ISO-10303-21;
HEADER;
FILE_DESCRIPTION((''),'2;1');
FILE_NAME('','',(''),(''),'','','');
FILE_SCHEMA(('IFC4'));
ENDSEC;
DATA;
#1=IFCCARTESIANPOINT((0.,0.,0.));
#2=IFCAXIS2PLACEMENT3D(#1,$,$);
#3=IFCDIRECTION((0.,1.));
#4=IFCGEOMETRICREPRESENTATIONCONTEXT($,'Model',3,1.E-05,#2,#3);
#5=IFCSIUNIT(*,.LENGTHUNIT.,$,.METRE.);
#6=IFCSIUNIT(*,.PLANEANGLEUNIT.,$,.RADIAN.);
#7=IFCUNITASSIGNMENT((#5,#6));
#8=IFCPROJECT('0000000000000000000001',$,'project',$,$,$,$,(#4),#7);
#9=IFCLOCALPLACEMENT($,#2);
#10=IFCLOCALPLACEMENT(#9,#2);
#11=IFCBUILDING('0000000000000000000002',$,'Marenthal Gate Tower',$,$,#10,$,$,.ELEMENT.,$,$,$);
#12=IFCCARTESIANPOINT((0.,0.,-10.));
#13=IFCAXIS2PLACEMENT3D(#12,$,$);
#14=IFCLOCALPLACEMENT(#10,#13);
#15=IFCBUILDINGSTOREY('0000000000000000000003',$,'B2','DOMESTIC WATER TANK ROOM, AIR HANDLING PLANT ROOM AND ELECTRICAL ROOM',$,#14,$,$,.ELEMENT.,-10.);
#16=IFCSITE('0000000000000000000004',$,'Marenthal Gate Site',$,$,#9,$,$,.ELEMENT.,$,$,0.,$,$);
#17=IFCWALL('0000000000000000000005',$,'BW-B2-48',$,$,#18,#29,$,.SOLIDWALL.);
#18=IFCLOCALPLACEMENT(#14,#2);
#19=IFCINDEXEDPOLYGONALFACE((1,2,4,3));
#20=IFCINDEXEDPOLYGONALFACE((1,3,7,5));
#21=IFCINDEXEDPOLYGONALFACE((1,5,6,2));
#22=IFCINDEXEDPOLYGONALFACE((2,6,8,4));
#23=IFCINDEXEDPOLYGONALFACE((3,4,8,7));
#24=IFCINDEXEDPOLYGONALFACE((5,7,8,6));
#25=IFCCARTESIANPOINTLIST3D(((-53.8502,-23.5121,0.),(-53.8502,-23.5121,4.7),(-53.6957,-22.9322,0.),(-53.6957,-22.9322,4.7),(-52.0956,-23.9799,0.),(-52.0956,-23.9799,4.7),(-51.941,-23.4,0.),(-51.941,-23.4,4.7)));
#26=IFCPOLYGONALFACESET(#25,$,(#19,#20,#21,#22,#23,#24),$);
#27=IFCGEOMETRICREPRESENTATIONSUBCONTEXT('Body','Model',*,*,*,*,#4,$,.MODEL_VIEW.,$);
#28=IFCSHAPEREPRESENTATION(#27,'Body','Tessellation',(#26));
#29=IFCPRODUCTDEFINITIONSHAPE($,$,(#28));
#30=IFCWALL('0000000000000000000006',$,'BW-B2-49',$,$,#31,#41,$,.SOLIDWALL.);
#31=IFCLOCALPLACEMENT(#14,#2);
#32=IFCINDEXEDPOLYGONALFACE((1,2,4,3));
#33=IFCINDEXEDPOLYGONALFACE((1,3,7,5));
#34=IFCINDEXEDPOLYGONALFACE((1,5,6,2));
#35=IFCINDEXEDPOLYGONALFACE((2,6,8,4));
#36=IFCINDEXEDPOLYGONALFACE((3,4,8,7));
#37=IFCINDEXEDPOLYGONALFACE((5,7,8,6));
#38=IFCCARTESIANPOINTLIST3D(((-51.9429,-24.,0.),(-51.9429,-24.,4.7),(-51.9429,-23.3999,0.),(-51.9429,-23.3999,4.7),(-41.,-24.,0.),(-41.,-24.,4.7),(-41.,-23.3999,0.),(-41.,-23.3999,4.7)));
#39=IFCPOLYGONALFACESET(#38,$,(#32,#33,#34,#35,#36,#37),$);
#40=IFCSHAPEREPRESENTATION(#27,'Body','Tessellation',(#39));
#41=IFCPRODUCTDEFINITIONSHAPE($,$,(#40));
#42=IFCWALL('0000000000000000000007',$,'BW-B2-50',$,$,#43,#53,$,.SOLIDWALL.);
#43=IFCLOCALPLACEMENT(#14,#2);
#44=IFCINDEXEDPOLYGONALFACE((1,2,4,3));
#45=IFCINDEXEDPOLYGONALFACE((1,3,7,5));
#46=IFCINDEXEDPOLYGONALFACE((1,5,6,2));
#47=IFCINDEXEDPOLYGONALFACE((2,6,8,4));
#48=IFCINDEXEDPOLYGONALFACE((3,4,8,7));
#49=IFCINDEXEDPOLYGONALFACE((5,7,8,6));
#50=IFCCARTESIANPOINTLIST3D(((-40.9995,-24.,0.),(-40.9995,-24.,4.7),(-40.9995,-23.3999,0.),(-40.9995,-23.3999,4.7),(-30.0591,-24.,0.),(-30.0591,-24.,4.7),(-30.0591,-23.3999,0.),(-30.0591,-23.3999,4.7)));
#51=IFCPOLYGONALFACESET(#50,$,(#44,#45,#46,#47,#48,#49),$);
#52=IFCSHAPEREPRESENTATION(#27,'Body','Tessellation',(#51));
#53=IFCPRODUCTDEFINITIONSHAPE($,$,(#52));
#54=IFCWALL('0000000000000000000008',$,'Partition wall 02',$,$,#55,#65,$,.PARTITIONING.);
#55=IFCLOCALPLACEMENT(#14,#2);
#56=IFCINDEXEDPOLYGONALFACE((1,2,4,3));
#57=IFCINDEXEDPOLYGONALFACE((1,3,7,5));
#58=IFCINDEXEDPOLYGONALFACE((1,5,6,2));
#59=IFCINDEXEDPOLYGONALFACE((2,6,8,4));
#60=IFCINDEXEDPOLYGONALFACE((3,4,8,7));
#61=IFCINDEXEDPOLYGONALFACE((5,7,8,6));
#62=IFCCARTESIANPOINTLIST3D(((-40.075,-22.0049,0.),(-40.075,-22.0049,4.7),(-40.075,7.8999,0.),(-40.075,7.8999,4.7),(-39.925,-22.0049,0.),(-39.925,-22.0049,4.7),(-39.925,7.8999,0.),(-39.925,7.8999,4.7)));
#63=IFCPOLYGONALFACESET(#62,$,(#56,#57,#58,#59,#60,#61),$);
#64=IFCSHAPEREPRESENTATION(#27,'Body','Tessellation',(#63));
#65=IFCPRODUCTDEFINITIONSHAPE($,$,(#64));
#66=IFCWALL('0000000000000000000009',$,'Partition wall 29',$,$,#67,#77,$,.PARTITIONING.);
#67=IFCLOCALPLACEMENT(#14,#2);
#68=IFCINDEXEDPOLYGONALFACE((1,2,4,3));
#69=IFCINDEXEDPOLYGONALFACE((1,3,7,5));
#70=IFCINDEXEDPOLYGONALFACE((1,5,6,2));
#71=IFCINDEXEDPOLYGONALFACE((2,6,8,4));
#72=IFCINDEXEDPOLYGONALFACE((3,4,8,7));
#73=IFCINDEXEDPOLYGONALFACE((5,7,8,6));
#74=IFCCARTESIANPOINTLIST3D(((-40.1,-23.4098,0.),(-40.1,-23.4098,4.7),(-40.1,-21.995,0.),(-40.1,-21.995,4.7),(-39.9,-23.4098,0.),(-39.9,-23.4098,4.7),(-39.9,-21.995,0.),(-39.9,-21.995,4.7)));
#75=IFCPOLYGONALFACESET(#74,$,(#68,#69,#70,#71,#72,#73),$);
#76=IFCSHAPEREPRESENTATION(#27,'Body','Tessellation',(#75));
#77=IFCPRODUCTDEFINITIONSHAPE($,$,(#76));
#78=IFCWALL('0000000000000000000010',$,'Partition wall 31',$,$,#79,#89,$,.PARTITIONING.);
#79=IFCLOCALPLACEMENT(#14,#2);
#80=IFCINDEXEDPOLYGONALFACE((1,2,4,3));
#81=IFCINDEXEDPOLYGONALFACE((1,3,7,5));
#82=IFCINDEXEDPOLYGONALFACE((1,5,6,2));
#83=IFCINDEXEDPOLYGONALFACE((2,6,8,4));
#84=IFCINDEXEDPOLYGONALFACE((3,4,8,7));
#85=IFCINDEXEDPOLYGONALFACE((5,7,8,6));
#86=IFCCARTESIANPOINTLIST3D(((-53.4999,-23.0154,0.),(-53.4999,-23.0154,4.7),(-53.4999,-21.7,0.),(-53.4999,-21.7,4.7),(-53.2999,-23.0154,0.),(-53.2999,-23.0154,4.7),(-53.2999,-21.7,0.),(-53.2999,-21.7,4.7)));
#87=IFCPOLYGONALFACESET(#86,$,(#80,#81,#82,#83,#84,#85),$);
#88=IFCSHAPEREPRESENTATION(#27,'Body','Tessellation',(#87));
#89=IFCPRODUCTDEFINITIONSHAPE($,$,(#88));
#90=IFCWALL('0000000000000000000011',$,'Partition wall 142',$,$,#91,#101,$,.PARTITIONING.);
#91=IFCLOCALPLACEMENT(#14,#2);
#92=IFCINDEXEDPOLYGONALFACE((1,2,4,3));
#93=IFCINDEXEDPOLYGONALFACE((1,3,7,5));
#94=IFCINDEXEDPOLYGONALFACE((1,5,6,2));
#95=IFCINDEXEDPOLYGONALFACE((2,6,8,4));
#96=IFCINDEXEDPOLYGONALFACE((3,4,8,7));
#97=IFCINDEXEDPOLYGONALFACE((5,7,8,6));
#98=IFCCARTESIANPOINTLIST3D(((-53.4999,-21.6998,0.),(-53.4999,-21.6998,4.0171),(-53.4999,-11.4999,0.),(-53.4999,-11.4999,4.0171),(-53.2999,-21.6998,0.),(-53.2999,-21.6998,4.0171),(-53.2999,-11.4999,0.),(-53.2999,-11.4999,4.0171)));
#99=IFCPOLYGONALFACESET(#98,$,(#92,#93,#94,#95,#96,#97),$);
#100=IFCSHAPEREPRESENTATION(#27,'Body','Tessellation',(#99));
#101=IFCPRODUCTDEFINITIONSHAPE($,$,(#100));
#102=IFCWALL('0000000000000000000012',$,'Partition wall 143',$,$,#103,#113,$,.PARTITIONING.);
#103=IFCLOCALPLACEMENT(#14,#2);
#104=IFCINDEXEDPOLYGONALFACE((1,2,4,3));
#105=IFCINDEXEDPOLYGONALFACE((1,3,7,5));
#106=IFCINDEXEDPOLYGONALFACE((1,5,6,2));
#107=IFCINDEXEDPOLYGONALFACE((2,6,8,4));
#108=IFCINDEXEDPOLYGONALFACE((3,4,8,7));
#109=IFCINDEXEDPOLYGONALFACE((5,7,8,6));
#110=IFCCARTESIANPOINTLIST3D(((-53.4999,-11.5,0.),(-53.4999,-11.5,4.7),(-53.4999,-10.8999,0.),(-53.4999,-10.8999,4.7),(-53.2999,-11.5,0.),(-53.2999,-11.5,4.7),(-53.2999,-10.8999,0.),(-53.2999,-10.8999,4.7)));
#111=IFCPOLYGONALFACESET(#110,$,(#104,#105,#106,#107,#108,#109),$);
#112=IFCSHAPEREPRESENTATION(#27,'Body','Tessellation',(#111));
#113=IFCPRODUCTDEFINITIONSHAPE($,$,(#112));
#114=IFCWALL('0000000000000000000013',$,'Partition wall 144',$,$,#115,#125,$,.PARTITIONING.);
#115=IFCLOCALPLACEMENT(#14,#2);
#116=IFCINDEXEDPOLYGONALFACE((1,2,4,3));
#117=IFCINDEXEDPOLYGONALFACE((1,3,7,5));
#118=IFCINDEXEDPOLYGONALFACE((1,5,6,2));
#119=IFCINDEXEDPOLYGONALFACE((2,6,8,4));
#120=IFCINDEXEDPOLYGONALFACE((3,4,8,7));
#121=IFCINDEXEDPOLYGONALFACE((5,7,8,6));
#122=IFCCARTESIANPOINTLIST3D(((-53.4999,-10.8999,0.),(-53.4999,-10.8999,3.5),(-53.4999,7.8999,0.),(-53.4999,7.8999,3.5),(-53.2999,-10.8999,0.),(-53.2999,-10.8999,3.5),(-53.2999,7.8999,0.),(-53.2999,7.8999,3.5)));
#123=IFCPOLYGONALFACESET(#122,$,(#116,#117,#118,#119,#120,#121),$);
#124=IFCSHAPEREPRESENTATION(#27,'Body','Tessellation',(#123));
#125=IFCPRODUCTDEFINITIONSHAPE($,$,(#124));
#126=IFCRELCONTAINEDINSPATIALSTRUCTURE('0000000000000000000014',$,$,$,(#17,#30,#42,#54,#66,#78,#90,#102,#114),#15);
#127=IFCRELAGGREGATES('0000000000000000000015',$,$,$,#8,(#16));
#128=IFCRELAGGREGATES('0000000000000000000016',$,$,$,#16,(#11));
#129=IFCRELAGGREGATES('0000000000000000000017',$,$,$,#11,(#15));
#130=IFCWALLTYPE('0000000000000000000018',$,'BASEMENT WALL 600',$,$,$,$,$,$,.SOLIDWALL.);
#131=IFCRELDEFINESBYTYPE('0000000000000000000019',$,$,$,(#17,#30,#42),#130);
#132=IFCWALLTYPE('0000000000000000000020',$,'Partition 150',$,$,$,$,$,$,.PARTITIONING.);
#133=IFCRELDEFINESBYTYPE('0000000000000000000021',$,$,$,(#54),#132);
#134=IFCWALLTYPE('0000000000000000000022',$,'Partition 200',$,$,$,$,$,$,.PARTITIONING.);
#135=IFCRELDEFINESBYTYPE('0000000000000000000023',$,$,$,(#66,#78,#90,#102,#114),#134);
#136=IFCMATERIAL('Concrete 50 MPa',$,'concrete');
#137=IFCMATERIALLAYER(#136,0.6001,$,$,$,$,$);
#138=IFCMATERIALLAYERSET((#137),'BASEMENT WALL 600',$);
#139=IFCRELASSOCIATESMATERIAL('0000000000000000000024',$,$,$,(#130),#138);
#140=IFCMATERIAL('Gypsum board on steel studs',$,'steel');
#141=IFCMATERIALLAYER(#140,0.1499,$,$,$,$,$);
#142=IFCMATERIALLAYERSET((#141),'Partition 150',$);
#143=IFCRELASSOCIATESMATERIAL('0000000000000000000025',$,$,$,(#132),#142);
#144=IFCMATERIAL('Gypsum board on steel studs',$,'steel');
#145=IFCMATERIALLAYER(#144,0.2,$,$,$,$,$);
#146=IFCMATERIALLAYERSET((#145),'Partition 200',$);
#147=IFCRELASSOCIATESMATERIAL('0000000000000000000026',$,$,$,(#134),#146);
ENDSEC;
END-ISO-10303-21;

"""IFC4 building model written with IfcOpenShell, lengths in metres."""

from ifc_helpers import new_model, si_unit, direction, frame, frame_2d, origin, place, context, subcontext, project, spatial, rectangle, extrude, material, layer, layer_set, type_object, element, save


model = new_model("IFC4")

# Units and contexts
model_context = context("Model", 3, precision=1e-05, world=origin(), true_north=direction((0.0, 1.0)))
body_context = subcontext(model_context, "Body", "Model", "MODEL_VIEW")
ifc_project = project(units=[si_unit("LENGTHUNIT", "METRE"), si_unit("PLANEANGLEUNIT", "RADIAN")], contexts=[model_context])

# Site, building, storey
site_placement = place(None, origin())
site = spatial("IfcSite", under=ifc_project, at=site_placement, Name="Marenthal Gate Site", CompositionType="ELEMENT", RefElevation=0.0)
building_placement = place(site_placement, origin())
building = spatial("IfcBuilding", under=site, at=building_placement, Name="Marenthal Gate Tower", CompositionType="ELEMENT")
storey_placement = place(building_placement, frame((0.0, 0.0, -10.0)))
storey = spatial("IfcBuildingStorey", under=building, at=storey_placement, Name="B2", Description="DOMESTIC WATER TANK ROOM, AIR HANDLING PLANT ROOM AND ELECTRICAL ROOM", CompositionType="ELEMENT", Elevation=-10.0)

# Walls
ifc_material_1 = material(Name="Concrete 50 MPa", Category="concrete")
ifc_layer_1 = layer(ifc_material_1, 0.6001)
ifc_layer_set_1 = layer_set([ifc_layer_1], Name="BASEMENT WALL 600")
wall_type_1 = type_object("IfcWallType", Name="BASEMENT WALL 600", PredefinedType="SOLIDWALL", material=ifc_layer_set_1)
wall_1_placement = place(storey_placement, frame((-53.7729, -23.2222, 0.0), z_axis=(0.0, 0.0, 1.0), x_axis=(0.966253, -0.257596, 0.0)))
element("IfcWall", 1, at=wall_1_placement, inside=storey, type_object=wall_type_1, Name="BW-B2-48", PredefinedType="SOLIDWALL", context=body_context, shape_type="SweptSolid", body=[
    extrude(rectangle(XDim=1.8159, YDim=0.6001, at=frame_2d((0.908, 0.0))), origin(), (0.0, 0.0, 1.0), 4.7),
])
wall_2_placement = place(storey_placement, frame((-51.9429, -23.7, 0.0), z_axis=(0.0, 0.0, 1.0), x_axis=(1.0, 0.0, 0.0)))
element("IfcWall", 2, at=wall_2_placement, inside=storey, type_object=wall_type_1, Name="BW-B2-49", PredefinedType="SOLIDWALL", context=body_context, shape_type="SweptSolid", body=[
    extrude(rectangle(XDim=10.9429, YDim=0.6001, at=frame_2d((5.4714, 0.0))), origin(), (0.0, 0.0, 1.0), 4.7),
])
wall_3_placement = place(storey_placement, frame((-40.9995, -23.7, 0.0), z_axis=(0.0, 0.0, 1.0), x_axis=(1.0, 0.0, 0.0)))
element("IfcWall", 3, at=wall_3_placement, inside=storey, type_object=wall_type_1, Name="BW-B2-50", PredefinedType="SOLIDWALL", context=body_context, shape_type="SweptSolid", body=[
    extrude(rectangle(XDim=10.9404, YDim=0.6001, at=frame_2d((5.4702, 0.0))), origin(), (0.0, 0.0, 1.0), 4.7),
])
ifc_material_2 = material(Name="Gypsum board on steel studs", Category="steel")
ifc_layer_2 = layer(ifc_material_2, 0.1499)
ifc_layer_set_2 = layer_set([ifc_layer_2], Name="Partition 150")
wall_type_2 = type_object("IfcWallType", Name="Partition 150", PredefinedType="PARTITIONING", material=ifc_layer_set_2)
wall_4_placement = place(storey_placement, frame((-40.0, -22.0049, 0.0), z_axis=(0.0, 0.0, 1.0), x_axis=(0.0, 1.0, 0.0)))
element("IfcWall", 4, at=wall_4_placement, inside=storey, type_object=wall_type_2, Name="Partition wall 02", PredefinedType="PARTITIONING", context=body_context, shape_type="SweptSolid", body=[
    extrude(rectangle(XDim=29.9048, YDim=0.1499, at=frame_2d((14.9524, 0.0))), origin(), (0.0, 0.0, 1.0), 4.7),
])
ifc_material_3 = material(Name="Gypsum board on steel studs", Category="steel")
ifc_layer_3 = layer(ifc_material_3, 0.2)
ifc_layer_set_3 = layer_set([ifc_layer_3], Name="Partition 200")
wall_type_3 = type_object("IfcWallType", Name="Partition 200", PredefinedType="PARTITIONING", material=ifc_layer_set_3)
wall_5_placement = place(storey_placement, frame((-40.0, -23.4099, 0.0), z_axis=(0.0, 0.0, 1.0), x_axis=(0.0, 1.0, 0.0)))
element("IfcWall", 5, at=wall_5_placement, inside=storey, type_object=wall_type_3, Name="Partition wall 29", PredefinedType="PARTITIONING", context=body_context, shape_type="SweptSolid", body=[
    extrude(rectangle(XDim=1.4148, YDim=0.2, at=frame_2d((0.7075, 0.0))), origin(), (0.0, 0.0, 1.0), 4.7),
])
wall_6_placement = place(storey_placement, frame((-53.3999, -23.0154, 0.0), z_axis=(0.0, 0.0, 1.0), x_axis=(0.0, 1.0, 0.0)))
element("IfcWall", 6, at=wall_6_placement, inside=storey, type_object=wall_type_3, Name="Partition wall 31", PredefinedType="PARTITIONING", context=body_context, shape_type="SweptSolid", body=[
    extrude(rectangle(XDim=1.3154, YDim=0.2, at=frame_2d((0.6577, 0.0))), origin(), (0.0, 0.0, 1.0), 4.7),
])
wall_7_placement = place(storey_placement, frame((-53.3999, -21.7, 0.0), z_axis=(0.0, 0.0, 1.0), x_axis=(0.0, 1.0, 0.0)))
element("IfcWall", 7, at=wall_7_placement, inside=storey, type_object=wall_type_3, Name="Partition wall 142", PredefinedType="PARTITIONING", context=body_context, shape_type="SweptSolid", body=[
    extrude(rectangle(XDim=10.2, YDim=0.2, at=frame_2d((5.1001, 0.0))), origin(), (0.0, 0.0, 1.0), 4.0171),
])
wall_8_placement = place(storey_placement, frame((-53.3999, -11.5, 0.0), z_axis=(0.0, 0.0, 1.0), x_axis=(0.0, 1.0, 0.0)))
element("IfcWall", 8, at=wall_8_placement, inside=storey, type_object=wall_type_3, Name="Partition wall 143", PredefinedType="PARTITIONING", context=body_context, shape_type="SweptSolid", body=[
    extrude(rectangle(XDim=0.6001, YDim=0.2, at=frame_2d((0.3, 0.0))), origin(), (0.0, 0.0, 1.0), 4.7),
])
wall_9_placement = place(storey_placement, frame((-53.3999, -10.8999, 0.0), z_axis=(0.0, 0.0, 1.0), x_axis=(0.0, 1.0, 0.0)))
element("IfcWall", 9, at=wall_9_placement, inside=storey, type_object=wall_type_3, Name="Partition wall 144", PredefinedType="PARTITIONING", context=body_context, shape_type="SweptSolid", body=[
    extrude(rectangle(XDim=18.7998, YDim=0.2, at=frame_2d((9.3999, 0.0))), origin(), (0.0, 0.0, 1.0), 3.5),
])

save(model, "model.ifc")
